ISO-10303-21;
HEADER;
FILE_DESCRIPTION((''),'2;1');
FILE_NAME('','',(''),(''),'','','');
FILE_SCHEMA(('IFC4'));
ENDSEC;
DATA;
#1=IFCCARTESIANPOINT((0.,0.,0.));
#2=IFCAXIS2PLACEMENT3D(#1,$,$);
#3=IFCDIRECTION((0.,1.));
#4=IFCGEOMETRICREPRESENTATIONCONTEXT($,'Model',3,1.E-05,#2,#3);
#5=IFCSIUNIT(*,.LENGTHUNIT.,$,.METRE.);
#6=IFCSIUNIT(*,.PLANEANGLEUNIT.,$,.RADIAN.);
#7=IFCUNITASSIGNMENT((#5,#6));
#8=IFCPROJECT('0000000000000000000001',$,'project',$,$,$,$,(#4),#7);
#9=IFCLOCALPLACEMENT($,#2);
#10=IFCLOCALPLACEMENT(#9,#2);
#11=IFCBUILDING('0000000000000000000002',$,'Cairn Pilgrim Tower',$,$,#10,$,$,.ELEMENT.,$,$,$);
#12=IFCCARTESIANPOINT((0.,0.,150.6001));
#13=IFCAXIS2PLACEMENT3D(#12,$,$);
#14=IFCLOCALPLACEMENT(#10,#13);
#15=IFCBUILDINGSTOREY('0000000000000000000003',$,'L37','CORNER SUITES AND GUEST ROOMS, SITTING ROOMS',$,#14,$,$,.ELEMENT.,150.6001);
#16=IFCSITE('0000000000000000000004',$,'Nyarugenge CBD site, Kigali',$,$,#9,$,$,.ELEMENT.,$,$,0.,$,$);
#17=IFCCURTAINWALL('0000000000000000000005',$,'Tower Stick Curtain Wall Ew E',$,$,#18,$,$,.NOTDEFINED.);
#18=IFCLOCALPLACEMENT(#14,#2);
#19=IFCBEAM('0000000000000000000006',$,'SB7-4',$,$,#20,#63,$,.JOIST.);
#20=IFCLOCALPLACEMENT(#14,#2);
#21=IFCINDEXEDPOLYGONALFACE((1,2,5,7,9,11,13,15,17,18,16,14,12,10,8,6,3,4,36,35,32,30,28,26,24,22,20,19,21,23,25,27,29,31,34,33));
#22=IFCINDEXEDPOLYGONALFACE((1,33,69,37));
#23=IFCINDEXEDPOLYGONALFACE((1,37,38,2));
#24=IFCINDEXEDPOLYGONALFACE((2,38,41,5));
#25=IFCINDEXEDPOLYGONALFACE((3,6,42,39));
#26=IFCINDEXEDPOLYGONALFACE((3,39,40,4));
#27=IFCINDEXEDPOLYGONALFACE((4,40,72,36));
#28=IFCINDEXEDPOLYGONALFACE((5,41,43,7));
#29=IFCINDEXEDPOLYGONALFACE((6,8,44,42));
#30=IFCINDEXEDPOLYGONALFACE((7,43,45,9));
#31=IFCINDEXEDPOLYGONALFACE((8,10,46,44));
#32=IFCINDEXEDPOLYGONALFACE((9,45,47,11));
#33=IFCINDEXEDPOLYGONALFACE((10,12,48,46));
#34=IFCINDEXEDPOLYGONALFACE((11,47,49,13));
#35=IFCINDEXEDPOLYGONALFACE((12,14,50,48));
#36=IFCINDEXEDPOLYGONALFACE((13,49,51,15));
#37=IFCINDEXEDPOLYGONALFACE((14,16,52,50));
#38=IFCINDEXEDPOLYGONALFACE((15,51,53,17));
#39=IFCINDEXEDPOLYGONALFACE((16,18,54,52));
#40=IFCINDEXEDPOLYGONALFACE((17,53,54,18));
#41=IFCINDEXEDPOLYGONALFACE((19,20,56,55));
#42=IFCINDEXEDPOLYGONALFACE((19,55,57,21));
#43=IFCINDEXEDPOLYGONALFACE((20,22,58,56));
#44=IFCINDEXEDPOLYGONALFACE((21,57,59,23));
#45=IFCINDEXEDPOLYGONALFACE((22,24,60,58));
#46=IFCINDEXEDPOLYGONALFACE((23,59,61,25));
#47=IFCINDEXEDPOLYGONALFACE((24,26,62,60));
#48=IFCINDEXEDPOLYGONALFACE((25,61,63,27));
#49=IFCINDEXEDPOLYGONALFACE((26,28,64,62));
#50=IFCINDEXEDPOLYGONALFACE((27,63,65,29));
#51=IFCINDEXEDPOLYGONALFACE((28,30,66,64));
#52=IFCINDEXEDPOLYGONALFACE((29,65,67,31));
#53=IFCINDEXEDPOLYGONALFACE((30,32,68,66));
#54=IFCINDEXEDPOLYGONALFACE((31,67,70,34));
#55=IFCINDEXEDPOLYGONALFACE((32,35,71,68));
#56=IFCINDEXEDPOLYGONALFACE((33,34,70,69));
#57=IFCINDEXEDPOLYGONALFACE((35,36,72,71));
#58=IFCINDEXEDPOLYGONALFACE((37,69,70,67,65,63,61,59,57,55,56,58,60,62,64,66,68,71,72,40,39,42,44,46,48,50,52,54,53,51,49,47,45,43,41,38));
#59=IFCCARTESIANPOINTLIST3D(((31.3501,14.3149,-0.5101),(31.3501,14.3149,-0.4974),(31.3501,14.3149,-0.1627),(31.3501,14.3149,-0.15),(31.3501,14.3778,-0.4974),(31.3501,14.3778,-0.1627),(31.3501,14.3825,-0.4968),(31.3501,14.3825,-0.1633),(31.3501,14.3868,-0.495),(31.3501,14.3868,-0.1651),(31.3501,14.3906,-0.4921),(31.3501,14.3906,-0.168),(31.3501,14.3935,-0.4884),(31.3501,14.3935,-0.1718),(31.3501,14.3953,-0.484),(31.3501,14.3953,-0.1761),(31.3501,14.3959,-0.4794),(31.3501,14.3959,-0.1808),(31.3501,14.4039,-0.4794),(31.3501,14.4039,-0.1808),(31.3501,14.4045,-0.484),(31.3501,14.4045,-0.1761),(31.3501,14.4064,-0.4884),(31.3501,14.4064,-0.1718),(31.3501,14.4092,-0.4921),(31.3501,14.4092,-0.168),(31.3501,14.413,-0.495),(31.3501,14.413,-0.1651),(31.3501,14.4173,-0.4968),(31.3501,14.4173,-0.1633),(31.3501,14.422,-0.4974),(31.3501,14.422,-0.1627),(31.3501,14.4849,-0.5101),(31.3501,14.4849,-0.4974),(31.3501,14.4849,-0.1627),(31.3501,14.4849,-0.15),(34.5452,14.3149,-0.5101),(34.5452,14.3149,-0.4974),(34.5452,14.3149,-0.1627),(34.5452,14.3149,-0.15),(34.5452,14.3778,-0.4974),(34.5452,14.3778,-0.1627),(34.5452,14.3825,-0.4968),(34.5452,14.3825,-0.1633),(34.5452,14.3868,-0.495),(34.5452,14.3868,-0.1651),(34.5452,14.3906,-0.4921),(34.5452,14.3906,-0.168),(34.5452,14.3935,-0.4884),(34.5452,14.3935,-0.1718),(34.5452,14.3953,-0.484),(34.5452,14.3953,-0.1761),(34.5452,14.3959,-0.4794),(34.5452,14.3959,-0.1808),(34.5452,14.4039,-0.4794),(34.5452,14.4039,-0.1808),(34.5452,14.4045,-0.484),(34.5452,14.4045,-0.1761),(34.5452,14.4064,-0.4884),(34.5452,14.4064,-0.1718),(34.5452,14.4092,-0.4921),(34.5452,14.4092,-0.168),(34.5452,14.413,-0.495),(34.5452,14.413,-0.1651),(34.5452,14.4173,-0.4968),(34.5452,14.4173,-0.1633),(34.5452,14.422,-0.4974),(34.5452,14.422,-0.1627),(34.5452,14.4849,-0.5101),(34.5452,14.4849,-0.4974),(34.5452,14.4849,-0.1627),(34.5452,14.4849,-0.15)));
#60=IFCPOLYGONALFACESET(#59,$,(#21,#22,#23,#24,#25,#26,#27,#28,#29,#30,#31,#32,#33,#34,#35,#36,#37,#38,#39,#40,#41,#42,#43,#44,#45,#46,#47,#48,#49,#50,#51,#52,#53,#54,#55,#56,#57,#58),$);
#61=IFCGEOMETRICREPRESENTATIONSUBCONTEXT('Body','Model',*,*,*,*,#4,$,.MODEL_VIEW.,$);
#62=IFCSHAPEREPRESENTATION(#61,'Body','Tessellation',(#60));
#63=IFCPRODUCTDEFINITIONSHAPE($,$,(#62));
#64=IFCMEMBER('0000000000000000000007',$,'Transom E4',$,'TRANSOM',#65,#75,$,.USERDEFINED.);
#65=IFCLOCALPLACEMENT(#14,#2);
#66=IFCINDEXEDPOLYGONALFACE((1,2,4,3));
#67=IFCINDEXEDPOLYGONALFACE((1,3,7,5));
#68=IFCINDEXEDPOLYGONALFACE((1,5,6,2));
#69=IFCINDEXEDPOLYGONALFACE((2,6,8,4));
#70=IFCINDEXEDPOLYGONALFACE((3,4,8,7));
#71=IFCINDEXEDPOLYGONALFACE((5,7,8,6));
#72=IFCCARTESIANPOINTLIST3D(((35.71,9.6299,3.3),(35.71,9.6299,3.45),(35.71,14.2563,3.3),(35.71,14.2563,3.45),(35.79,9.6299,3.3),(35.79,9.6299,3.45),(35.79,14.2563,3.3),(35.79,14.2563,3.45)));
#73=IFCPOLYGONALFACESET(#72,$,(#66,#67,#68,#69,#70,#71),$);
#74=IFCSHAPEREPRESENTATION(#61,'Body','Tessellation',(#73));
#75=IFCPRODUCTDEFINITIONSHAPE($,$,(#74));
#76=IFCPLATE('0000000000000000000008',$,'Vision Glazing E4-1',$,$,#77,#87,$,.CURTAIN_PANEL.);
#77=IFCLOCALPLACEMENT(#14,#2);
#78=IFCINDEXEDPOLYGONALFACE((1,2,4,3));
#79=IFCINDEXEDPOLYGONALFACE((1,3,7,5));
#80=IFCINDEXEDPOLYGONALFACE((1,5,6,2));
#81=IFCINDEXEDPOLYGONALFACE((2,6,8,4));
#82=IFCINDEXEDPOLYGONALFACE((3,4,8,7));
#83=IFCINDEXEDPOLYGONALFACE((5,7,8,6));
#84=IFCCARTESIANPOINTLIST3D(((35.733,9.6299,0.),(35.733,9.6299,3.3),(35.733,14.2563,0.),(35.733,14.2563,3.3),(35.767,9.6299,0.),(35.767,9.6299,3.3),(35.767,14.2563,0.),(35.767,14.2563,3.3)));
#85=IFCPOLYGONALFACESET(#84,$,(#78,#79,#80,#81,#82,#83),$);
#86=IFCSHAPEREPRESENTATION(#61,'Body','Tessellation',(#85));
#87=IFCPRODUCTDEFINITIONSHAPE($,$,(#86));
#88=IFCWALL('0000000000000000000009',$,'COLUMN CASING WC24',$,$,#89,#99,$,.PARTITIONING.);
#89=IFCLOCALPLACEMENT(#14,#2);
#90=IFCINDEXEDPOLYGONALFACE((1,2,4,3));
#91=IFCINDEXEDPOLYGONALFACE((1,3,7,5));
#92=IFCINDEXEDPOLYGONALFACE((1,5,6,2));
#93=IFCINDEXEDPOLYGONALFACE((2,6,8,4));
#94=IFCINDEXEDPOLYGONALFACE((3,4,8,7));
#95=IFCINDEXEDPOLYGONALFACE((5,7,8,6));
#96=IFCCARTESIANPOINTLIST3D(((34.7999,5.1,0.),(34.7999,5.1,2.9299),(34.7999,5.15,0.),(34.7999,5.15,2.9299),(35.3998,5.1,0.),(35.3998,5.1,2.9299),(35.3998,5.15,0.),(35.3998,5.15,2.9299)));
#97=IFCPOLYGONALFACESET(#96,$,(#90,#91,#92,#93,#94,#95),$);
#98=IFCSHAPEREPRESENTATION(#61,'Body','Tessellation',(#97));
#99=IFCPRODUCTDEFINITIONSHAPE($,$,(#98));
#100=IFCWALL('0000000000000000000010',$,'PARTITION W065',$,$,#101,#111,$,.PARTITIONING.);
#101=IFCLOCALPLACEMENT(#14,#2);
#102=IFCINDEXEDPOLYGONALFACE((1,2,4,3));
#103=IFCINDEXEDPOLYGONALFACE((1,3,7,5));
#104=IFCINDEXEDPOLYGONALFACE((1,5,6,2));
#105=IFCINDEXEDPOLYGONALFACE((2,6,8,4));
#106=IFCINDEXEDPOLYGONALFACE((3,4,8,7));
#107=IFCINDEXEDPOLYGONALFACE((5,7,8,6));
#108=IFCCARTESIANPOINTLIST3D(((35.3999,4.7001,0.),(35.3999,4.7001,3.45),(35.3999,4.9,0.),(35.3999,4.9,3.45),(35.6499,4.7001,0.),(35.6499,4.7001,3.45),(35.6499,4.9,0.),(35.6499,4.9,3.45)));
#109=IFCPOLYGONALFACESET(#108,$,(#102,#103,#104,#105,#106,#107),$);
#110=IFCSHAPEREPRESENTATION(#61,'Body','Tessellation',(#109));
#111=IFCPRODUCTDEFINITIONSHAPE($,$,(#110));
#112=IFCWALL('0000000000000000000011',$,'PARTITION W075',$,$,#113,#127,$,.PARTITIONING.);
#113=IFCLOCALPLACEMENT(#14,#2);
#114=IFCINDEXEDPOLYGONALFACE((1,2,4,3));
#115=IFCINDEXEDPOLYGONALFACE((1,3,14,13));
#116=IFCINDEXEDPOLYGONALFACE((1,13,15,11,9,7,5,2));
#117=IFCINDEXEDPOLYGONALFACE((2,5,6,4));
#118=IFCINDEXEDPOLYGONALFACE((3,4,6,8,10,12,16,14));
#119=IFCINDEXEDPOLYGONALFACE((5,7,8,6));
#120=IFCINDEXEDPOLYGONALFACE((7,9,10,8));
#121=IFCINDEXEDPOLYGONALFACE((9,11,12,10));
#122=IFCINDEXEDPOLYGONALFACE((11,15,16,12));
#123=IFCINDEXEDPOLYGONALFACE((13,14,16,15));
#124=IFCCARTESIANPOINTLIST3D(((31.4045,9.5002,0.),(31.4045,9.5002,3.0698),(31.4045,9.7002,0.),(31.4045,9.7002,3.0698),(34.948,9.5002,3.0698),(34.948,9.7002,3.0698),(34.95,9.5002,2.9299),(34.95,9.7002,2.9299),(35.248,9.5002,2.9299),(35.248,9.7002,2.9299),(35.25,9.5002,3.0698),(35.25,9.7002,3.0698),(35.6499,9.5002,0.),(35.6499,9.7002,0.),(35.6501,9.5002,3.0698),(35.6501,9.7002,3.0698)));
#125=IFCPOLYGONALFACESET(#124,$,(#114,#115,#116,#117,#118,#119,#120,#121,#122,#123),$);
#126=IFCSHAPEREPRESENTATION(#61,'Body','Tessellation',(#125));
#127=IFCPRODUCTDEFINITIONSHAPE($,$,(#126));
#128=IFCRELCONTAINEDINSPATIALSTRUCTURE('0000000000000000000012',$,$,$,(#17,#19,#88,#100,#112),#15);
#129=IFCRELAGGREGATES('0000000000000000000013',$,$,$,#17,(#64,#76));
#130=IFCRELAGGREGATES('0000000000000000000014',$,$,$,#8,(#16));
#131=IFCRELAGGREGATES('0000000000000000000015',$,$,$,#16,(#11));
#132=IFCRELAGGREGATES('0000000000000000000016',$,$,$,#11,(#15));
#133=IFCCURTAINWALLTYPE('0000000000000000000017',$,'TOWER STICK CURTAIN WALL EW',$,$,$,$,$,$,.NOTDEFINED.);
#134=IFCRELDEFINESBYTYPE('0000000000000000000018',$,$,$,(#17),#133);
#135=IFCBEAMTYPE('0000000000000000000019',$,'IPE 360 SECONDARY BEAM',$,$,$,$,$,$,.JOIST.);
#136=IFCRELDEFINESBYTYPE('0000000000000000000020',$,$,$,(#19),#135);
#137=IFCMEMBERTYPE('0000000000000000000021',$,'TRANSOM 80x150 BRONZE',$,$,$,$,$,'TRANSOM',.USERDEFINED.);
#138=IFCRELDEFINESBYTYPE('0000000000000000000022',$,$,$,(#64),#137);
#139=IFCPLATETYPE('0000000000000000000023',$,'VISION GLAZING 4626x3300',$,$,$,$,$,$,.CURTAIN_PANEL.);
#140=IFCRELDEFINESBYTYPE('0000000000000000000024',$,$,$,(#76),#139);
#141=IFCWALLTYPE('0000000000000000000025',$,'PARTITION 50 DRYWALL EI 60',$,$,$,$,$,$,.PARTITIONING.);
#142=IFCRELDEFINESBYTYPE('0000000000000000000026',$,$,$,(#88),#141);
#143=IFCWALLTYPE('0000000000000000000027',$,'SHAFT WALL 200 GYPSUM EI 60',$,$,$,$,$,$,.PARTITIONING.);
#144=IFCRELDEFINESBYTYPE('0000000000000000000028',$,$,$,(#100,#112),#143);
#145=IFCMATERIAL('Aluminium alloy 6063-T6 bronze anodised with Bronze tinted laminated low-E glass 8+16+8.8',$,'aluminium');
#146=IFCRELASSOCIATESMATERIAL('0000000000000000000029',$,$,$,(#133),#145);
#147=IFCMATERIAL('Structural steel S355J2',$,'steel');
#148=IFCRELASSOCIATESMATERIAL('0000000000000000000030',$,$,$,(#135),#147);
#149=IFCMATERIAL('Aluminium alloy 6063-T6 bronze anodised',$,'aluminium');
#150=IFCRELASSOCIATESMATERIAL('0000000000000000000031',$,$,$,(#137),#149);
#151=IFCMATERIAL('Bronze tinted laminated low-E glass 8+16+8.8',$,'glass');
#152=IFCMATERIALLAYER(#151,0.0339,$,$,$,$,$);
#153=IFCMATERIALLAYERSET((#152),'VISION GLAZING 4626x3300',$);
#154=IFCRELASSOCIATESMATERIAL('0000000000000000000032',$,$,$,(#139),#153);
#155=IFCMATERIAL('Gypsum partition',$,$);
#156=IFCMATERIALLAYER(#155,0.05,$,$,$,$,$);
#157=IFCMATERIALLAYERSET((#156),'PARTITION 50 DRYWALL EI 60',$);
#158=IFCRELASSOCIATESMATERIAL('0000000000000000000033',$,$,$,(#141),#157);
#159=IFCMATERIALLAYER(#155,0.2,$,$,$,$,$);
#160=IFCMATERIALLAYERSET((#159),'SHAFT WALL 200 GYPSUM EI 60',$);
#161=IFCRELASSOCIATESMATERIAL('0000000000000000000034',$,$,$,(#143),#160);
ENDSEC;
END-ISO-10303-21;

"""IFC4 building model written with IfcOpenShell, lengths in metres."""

from ifc_helpers import new_model, si_unit, direction, frame, frame_2d, origin, origin_2d, place, context, subcontext, project, spatial, polyline, rectangle, i_section, outline, extrude, material, layer, layer_set, material_profile, profile_set, type_object, element, aggregate, save


model = new_model("IFC4")

# Units and contexts
model_context = context("Model", 3, precision=1e-05, world=origin(), true_north=direction((0.0, 1.0)))
body_context = subcontext(model_context, "Body", "Model", "MODEL_VIEW")
ifc_project = project(units=[si_unit("LENGTHUNIT", "METRE"), si_unit("PLANEANGLEUNIT", "RADIAN")], contexts=[model_context])

# Site, building, storey
site_placement = place(None, origin())
site = spatial("IfcSite", under=ifc_project, at=site_placement, Name="Nyarugenge CBD site, Kigali", CompositionType="ELEMENT", RefElevation=0.0)
building_placement = place(site_placement, origin())
building = spatial("IfcBuilding", under=site, at=building_placement, Name="Cairn Pilgrim Tower", CompositionType="ELEMENT")
storey_placement = place(building_placement, frame((0.0, 0.0, 150.6001)))
storey = spatial("IfcBuildingStorey", under=building, at=storey_placement, Name="L37", Description="CORNER SUITES AND GUEST ROOMS, SITTING ROOMS", CompositionType="ELEMENT", Elevation=150.6001)

# Curtain wall
ifc_material_1 = material(Name="Aluminium alloy 6063-T6 bronze anodised with Bronze tinted laminated low-E glass 8+16+8.8", Category="aluminium")
curtain_wall_type_1 = type_object("IfcCurtainWallType", Name="TOWER STICK CURTAIN WALL EW", PredefinedType="NOTDEFINED", material=ifc_material_1)
curtain_wall_1_placement = place(storey_placement, origin())
curtain_wall_1 = element("IfcCurtainWall", 1, at=curtain_wall_1_placement, inside=storey, type_object=curtain_wall_type_1, Name="Tower Stick Curtain Wall Ew E", PredefinedType="NOTDEFINED")
ifc_material_2 = material(Name="Aluminium alloy 6063-T6 bronze anodised", Category="aluminium")

# Beam
ifc_material_3 = material(Name="Structural steel S355J2", Category="steel")
ifc_material_profile_1 = material_profile(ifc_material_3, i_section(OverallWidth=0.1699, OverallDepth=0.3601, WebThickness=0.0081, FlangeThickness=0.0127, FilletRadius=0.0181, at=origin_2d()), Name="IPE 360")
ifc_profile_set_1 = profile_set([ifc_material_profile_1], Name="Structural steel S355J2")
beam_type_1 = type_object("IfcBeamType", Name="IPE 360 SECONDARY BEAM", PredefinedType="JOIST", material=ifc_profile_set_1)
beam_1_placement = place(storey_placement, frame((31.3501, 14.3999, -0.3301), z_axis=(1.0, 0.0, 0.0), x_axis=(0.0, 1.0, 0.0)))
element("IfcBeam", 2, at=beam_1_placement, inside=storey, type_object=beam_type_1, Name="SB7-4", PredefinedType="JOIST", context=body_context, shape_type="SweptSolid", body=[
    extrude(i_section(OverallWidth=0.1699, OverallDepth=0.3601, WebThickness=0.0081, FlangeThickness=0.0127, FilletRadius=0.0181, at=origin_2d()), origin(), (0.0, 0.0, 1.0), 3.1951),
])

# Member
ifc_material_profile_2 = material_profile(ifc_material_2, rectangle(XDim=0.0801, YDim=0.1499, at=origin_2d()), Name="TRANSOM 80x150 BRONZE")
ifc_profile_set_2 = profile_set([ifc_material_profile_2], Name="Aluminium alloy 6063-T6 bronze anodised")
member_type_1 = type_object("IfcMemberType", Name="TRANSOM 80x150 BRONZE", ElementType="TRANSOM", PredefinedType="USERDEFINED", material=ifc_profile_set_2)
member_1_placement = place(storey_placement, frame((35.75, 9.6299, 3.375), z_axis=(0.0, 1.0, 0.0), x_axis=(-1.0, 0.0, 0.0)))
member_1 = element("IfcMember", 3, at=member_1_placement, type_object=member_type_1, Name="Transom E4", ObjectType="TRANSOM", PredefinedType="USERDEFINED", context=body_context, shape_type="SweptSolid", body=[
    extrude(rectangle(XDim=0.0801, YDim=0.1499, at=origin_2d()), origin(), (0.0, 0.0, 1.0), 4.6265),
])

# Plate
ifc_material_4 = material(Name="Bronze tinted laminated low-E glass 8+16+8.8", Category="glass")
ifc_layer_1 = layer(ifc_material_4, 0.0339)
ifc_layer_set_1 = layer_set([ifc_layer_1], Name="VISION GLAZING 4626x3300")
plate_type = type_object("IfcPlateType", Name="VISION GLAZING 4626x3300", PredefinedType="CURTAIN_PANEL", material=ifc_layer_set_1)
plate_placement = place(storey_placement, frame((35.75, 11.9431, 0.0), z_axis=(0.0, 0.0, 1.0), x_axis=(0.0, 1.0, 0.0)))
plate = element("IfcPlate", 4, at=plate_placement, type_object=plate_type, Name="Vision Glazing E4-1", PredefinedType="CURTAIN_PANEL", context=body_context, shape_type="SweptSolid", body=[
    extrude(rectangle(XDim=4.6265, YDim=0.0339, at=origin_2d()), origin(), (0.0, 0.0, 1.0), 3.3),
])
aggregate(curtain_wall_1, [member_1, plate])

# Walls
ifc_material_5 = material(Name="Gypsum partition")
ifc_layer_2 = layer(ifc_material_5, 0.05)
ifc_layer_set_2 = layer_set([ifc_layer_2], Name="PARTITION 50 DRYWALL EI 60")
wall_type_1 = type_object("IfcWallType", Name="PARTITION 50 DRYWALL EI 60", PredefinedType="PARTITIONING", material=ifc_layer_set_2)
wall_1_placement = place(storey_placement, frame((34.8, 5.125, 0.0), z_axis=(0.0, 0.0, 1.0), x_axis=(1.0, 0.0, 0.0)))
element("IfcWall", 5, at=wall_1_placement, inside=storey, type_object=wall_type_1, Name="COLUMN CASING WC24", PredefinedType="PARTITIONING", context=body_context, shape_type="SweptSolid", body=[
    extrude(rectangle(XDim=0.5999, YDim=0.05, at=frame_2d((0.2998, 0.0))), origin(), (0.0, 0.0, 1.0), 2.9299),
])
ifc_layer_3 = layer(ifc_material_5, 0.2)
ifc_layer_set_3 = layer_set([ifc_layer_3], Name="SHAFT WALL 200 GYPSUM EI 60")
wall_type_2 = type_object("IfcWallType", Name="SHAFT WALL 200 GYPSUM EI 60", PredefinedType="PARTITIONING", material=ifc_layer_set_3)
wall_2_placement = place(storey_placement, frame((35.3999, 4.8, 0.0), z_axis=(0.0, 0.0, 1.0), x_axis=(1.0, 0.0, 0.0)))
element("IfcWall", 6, at=wall_2_placement, inside=storey, type_object=wall_type_2, Name="PARTITION W065", PredefinedType="PARTITIONING", context=body_context, shape_type="SweptSolid", body=[
    extrude(rectangle(XDim=0.25, YDim=0.2, at=frame_2d((0.125, 0.0))), origin(), (0.0, 0.0, 1.0), 3.45),
])
wall_3_placement = place(storey_placement, frame((31.4045, 9.6001, 0.0), z_axis=(0.0, 0.0, 1.0), x_axis=(1.0, 0.0, 0.0)))
element("IfcWall", 7, at=wall_3_placement, inside=storey, type_object=wall_type_2, Name="PARTITION W075", PredefinedType="PARTITIONING", context=body_context, shape_type="SweptSolid", body=[
    extrude(outline(polyline([(0.0, 0.0), (4.2454, 0.0), (4.2456, 3.0698), (3.8455, 3.0698), (3.8435, 2.9299), (3.5454, 2.9299), (3.5435, 3.0698), (0.0, 3.0698), (0.0, 0.0)])), frame((0.0, 0.1001, 0.0), z_axis=(0.0, -1.0, 0.0), x_axis=(1.0, 0.0, 0.0)), (0.0, 0.0, 1.0), 0.2),
])

save(model, "model.ifc")
